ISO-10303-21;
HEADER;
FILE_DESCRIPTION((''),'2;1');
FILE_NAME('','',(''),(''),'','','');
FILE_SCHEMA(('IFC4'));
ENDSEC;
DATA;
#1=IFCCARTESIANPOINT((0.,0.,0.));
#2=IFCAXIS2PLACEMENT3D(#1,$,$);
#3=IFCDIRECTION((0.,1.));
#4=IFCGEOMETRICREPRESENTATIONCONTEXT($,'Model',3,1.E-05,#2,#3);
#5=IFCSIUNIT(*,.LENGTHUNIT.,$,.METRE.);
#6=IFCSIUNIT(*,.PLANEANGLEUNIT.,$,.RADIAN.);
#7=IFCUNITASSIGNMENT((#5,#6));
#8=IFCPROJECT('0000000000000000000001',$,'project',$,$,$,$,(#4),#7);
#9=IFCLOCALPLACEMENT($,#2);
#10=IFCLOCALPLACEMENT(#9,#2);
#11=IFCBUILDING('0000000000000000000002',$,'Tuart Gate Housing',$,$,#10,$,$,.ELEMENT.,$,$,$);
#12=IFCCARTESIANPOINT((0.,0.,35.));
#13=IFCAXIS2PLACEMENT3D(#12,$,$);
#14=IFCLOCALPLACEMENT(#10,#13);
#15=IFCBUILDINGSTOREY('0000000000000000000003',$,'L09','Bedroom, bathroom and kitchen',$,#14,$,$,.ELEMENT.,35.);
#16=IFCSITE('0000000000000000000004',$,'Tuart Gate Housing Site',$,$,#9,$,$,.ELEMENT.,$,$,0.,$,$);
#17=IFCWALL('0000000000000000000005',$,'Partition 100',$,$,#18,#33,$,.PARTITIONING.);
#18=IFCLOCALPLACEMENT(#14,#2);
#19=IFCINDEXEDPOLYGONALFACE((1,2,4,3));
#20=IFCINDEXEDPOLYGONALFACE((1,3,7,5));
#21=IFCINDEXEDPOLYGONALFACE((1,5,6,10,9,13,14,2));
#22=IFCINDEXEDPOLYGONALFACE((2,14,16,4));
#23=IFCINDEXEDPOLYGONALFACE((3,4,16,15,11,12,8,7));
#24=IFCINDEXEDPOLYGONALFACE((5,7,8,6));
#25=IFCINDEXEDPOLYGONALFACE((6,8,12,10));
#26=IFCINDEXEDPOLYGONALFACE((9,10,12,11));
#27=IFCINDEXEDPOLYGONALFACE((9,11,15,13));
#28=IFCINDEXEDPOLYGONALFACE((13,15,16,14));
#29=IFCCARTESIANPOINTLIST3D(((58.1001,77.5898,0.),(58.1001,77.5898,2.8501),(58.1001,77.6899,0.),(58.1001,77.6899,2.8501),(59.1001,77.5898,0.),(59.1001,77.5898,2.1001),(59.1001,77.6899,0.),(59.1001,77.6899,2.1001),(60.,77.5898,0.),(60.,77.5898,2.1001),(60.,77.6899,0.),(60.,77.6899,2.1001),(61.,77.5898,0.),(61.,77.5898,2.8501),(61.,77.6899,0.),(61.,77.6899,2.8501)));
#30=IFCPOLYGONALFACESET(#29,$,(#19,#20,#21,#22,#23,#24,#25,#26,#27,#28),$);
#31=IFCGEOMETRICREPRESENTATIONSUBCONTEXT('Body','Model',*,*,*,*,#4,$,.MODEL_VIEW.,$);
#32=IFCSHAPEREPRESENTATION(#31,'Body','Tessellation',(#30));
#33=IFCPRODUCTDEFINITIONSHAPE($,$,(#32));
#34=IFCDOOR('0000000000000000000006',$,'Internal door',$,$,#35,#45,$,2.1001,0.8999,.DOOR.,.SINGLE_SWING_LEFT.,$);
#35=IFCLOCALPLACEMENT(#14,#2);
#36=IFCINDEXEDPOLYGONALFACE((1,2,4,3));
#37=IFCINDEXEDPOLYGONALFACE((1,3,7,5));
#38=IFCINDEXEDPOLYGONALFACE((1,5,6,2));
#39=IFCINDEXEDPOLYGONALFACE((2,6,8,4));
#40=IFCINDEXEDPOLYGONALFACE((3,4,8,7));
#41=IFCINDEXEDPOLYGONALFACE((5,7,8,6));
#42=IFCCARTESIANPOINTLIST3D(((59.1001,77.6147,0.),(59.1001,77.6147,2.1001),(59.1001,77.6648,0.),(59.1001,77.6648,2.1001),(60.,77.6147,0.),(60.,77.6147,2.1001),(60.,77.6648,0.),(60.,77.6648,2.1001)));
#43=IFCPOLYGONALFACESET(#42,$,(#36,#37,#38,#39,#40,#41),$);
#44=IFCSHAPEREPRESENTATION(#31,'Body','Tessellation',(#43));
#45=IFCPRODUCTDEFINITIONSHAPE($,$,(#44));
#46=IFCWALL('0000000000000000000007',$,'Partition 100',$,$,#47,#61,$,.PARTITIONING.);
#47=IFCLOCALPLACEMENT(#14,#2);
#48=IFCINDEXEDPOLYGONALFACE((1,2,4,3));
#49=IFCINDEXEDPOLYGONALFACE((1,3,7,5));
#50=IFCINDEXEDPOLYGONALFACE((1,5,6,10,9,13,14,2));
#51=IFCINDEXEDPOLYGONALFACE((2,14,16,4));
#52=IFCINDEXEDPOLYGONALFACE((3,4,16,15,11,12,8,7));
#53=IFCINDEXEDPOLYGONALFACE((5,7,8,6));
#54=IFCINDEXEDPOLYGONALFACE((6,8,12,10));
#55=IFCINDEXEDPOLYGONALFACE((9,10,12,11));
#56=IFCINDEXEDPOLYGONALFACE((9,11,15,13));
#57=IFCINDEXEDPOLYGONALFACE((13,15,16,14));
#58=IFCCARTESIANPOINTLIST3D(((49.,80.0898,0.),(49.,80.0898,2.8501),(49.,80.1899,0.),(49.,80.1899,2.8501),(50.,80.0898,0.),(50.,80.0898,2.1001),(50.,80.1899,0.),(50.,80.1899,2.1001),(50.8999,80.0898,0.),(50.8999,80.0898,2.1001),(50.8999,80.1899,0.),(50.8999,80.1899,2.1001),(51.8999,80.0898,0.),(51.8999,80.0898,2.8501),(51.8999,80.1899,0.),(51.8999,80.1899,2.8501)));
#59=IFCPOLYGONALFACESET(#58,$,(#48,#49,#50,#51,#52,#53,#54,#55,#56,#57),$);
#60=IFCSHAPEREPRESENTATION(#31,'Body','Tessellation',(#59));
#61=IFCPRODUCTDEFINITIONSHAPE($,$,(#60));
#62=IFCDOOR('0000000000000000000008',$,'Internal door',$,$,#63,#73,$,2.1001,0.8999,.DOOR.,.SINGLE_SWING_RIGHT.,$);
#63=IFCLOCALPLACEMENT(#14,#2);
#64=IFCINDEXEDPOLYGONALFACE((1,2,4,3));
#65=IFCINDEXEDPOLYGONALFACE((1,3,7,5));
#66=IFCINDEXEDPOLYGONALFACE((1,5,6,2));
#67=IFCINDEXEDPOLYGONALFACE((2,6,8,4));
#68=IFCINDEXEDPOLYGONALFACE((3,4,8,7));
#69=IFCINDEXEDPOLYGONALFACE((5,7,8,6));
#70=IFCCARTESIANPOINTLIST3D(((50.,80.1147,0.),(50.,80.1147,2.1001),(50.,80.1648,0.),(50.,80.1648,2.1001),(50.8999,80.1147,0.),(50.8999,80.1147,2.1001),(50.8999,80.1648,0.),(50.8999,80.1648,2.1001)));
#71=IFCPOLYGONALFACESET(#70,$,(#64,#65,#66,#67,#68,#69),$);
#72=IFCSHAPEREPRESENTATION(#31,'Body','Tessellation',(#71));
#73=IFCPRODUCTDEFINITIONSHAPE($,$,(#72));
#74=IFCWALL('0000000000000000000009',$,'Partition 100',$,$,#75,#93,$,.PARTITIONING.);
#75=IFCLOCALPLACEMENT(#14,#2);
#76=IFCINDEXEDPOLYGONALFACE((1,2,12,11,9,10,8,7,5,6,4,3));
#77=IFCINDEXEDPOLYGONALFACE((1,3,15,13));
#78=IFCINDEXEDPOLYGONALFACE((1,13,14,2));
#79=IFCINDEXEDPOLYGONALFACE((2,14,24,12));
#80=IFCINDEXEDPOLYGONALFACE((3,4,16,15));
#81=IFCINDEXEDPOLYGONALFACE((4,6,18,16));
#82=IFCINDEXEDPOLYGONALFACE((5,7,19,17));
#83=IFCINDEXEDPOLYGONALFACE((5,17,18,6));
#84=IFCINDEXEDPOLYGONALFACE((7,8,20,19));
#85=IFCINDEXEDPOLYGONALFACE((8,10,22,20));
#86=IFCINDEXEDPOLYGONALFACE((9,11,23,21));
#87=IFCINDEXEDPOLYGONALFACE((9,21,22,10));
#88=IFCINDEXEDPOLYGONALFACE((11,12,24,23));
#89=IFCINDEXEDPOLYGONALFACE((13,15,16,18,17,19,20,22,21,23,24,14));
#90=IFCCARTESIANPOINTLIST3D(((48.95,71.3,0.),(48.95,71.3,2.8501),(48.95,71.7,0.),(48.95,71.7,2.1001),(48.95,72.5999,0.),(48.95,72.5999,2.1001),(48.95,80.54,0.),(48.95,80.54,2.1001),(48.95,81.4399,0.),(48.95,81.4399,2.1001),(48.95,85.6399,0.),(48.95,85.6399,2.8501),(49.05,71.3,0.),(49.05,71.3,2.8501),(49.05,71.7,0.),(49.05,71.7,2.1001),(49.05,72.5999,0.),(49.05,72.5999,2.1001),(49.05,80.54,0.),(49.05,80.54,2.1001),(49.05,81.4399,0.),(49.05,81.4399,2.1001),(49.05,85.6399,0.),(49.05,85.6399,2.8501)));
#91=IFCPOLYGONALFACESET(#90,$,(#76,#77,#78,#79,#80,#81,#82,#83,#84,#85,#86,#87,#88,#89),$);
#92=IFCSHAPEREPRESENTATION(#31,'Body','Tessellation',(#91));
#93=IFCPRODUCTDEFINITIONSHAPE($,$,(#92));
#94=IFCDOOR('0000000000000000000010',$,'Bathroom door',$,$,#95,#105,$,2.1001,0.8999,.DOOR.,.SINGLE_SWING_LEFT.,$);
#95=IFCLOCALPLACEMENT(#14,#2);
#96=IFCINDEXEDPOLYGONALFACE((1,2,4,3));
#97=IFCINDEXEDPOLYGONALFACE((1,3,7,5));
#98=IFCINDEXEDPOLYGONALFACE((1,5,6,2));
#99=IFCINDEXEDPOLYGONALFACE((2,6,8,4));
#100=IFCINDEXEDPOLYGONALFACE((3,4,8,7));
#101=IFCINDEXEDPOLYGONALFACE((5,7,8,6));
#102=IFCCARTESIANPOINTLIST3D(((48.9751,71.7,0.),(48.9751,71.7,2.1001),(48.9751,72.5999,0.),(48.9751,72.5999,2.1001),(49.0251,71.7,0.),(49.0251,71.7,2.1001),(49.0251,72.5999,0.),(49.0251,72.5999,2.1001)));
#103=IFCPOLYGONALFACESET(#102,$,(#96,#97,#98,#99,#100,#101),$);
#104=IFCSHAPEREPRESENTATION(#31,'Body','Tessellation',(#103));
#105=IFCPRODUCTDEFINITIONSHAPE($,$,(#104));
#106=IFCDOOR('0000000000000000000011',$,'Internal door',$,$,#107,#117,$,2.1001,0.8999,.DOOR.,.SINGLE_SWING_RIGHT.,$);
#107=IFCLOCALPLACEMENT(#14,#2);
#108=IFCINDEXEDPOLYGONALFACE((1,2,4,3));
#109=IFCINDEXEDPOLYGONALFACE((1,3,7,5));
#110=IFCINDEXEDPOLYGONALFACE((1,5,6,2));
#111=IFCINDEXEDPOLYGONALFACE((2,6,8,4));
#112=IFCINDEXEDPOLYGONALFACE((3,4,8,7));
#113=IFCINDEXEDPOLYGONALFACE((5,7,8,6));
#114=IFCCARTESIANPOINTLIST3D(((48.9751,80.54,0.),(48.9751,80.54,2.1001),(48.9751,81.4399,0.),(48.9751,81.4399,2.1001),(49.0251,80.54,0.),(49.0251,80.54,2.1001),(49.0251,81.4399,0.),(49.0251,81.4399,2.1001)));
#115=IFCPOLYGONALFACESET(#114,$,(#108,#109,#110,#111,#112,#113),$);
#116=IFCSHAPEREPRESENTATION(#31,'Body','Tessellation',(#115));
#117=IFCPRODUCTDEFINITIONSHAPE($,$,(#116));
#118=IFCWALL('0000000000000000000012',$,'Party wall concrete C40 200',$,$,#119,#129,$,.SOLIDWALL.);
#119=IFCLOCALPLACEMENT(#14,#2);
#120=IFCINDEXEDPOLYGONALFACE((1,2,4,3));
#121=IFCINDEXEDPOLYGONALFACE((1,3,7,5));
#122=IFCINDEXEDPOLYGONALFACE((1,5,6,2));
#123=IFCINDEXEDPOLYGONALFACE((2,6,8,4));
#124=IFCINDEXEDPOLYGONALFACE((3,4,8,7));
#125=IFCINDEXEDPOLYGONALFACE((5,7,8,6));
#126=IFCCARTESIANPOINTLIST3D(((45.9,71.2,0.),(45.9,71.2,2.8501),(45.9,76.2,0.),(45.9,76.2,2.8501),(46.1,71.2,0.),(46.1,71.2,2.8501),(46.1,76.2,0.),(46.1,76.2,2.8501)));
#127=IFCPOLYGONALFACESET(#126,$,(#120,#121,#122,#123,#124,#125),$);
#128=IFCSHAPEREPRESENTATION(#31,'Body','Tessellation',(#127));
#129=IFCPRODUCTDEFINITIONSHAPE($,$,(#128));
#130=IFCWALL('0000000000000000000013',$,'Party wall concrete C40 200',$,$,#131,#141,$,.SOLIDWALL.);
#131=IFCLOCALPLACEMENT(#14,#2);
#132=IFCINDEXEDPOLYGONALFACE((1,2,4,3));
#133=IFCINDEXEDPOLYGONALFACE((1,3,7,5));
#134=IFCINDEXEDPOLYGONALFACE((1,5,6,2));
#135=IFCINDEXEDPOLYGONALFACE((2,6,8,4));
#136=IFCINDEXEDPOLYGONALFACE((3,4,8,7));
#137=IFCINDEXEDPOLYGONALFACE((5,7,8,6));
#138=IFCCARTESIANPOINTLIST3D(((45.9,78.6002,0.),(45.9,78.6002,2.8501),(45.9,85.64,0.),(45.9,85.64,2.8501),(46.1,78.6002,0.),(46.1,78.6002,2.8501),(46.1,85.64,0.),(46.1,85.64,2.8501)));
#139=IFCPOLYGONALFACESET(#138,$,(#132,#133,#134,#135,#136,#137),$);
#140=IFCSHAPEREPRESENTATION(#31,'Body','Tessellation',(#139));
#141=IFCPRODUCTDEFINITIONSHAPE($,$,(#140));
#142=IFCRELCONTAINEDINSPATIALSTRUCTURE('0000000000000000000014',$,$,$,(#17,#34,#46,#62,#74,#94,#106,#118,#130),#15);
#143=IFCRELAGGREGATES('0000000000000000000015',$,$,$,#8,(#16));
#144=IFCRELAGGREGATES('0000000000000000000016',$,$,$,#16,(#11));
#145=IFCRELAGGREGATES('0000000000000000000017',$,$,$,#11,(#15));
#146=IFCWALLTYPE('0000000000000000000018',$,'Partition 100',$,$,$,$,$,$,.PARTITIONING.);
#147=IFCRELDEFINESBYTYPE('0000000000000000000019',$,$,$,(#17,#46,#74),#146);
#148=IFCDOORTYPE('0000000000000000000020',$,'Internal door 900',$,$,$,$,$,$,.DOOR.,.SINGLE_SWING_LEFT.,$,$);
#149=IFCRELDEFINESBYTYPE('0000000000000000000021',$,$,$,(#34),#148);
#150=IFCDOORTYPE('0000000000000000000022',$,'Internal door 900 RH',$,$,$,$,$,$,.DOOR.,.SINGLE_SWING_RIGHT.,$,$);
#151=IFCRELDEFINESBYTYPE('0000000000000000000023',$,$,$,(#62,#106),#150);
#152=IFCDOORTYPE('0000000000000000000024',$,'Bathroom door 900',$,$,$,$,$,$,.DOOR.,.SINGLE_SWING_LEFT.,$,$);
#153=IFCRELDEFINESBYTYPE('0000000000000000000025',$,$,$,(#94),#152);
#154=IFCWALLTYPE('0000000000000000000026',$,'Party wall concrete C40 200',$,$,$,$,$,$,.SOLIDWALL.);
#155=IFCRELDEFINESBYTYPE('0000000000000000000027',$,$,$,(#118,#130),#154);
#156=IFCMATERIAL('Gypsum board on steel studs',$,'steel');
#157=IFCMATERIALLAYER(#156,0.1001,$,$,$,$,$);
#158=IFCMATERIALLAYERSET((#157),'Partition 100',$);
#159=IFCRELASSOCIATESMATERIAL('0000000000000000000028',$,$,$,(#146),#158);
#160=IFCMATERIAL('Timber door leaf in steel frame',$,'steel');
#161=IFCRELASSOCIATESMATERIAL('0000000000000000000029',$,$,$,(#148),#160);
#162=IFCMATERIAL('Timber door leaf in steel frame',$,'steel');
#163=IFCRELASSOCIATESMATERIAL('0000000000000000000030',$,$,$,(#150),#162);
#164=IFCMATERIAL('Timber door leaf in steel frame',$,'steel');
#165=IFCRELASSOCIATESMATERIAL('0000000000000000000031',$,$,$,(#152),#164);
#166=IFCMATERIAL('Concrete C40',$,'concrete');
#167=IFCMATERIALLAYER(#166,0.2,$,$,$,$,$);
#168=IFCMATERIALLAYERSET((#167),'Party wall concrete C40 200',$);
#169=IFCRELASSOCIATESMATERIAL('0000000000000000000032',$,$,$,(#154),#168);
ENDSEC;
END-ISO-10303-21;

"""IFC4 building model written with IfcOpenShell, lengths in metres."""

from ifc_helpers import new_model, si_unit, direction, frame, frame_2d, origin, place, context, subcontext, project, spatial, rectangle, extrude, material, layer, layer_set, type_object, element, fill, save


model = new_model("IFC4")

# Units and contexts
model_context = context("Model", 3, precision=1e-05, world=origin(), true_north=direction((0.0, 1.0)))
body_context = subcontext(model_context, "Body", "Model", "MODEL_VIEW")
ifc_project = project(units=[si_unit("LENGTHUNIT", "METRE"), si_unit("PLANEANGLEUNIT", "RADIAN")], contexts=[model_context])

# Site, building, storey
site_placement = place(None, origin())
site = spatial("IfcSite", under=ifc_project, at=site_placement, Name="Tuart Gate Housing Site", CompositionType="ELEMENT", RefElevation=0.0)
building_placement = place(site_placement, origin())
building = spatial("IfcBuilding", under=site, at=building_placement, Name="Tuart Gate Housing", CompositionType="ELEMENT")
storey_placement = place(building_placement, frame((0.0, 0.0, 35.0)))
storey = spatial("IfcBuildingStorey", under=building, at=storey_placement, Name="L09", Description="Bedroom, bathroom and kitchen", CompositionType="ELEMENT", Elevation=35.0)

# Shared definitions
ifc_material_1 = material(Name="Gypsum board on steel studs", Category="steel")
ifc_layer_1 = layer(ifc_material_1, 0.1001)
ifc_layer_set_1 = layer_set([ifc_layer_1], Name="Partition 100")
wall_type_1 = type_object("IfcWallType", Name="Partition 100", PredefinedType="PARTITIONING", material=ifc_layer_set_1)

# Walls, openings, doors
wall_1_placement = place(storey_placement, frame((58.1001, 77.6399, 0.0), z_axis=(0.0, 0.0, 1.0), x_axis=(1.0, 0.0, 0.0)))
wall_1 = element("IfcWall", 1, at=wall_1_placement, inside=storey, type_object=wall_type_1, Name="Partition 100", PredefinedType="PARTITIONING", context=body_context, shape_type="SweptSolid", body=[
    extrude(rectangle(XDim=2.8999, YDim=0.1001, at=frame_2d((1.45, 0.0))), origin(), (0.0, 0.0, 1.0), 2.8501),
])
opening_1_placement = place(wall_1_placement, frame((1.0, 0.0, 0.0)))
opening_1 = element("IfcOpeningElement", 2, at=opening_1_placement, cuts=wall_1, PredefinedType="OPENING", context=body_context, shape_type="SweptSolid", body=[
    extrude(rectangle(XDim=0.8999, YDim=2.1001, at=frame_2d((0.45, 1.05))), frame((0.0, 0.0601, 0.0), z_axis=(0.0, -1.0, 0.0), x_axis=(1.0, 0.0, 0.0)), (0.0, 0.0, 1.0), 0.1201),
])
ifc_material_2 = material(Name="Timber door leaf in steel frame", Category="steel")
door_type_1 = type_object("IfcDoorType", Name="Internal door 900", OperationType="SINGLE_SWING_LEFT", PredefinedType="DOOR", material=ifc_material_2)
door_1_placement = place(opening_1_placement, frame((0.8999, 0.0, 0.0), z_axis=(0.0, 0.0, 1.0), x_axis=(-1.0, 0.0, 0.0)))
door_1 = element("IfcDoor", 3, at=door_1_placement, inside=storey, type_object=door_type_1, Name="Internal door", OperationType="SINGLE_SWING_LEFT", OverallHeight=2.1001, OverallWidth=0.8999, PredefinedType="DOOR", context=body_context, shape_type="SweptSolid", body=[
    extrude(rectangle(XDim=0.8999, YDim=2.1001, at=frame_2d((0.45, 1.05))), frame((0.0, 0.0251, 0.0), z_axis=(0.0, -1.0, 0.0), x_axis=(1.0, 0.0, 0.0)), (0.0, 0.0, 1.0), 0.05),
])
fill(opening_1, door_1)
wall_2_placement = place(storey_placement, frame((49.0, 80.1399, 0.0), z_axis=(0.0, 0.0, 1.0), x_axis=(1.0, 0.0, 0.0)))
wall_2 = element("IfcWall", 4, at=wall_2_placement, inside=storey, type_object=wall_type_1, Name="Partition 100", PredefinedType="PARTITIONING", context=body_context, shape_type="SweptSolid", body=[
    extrude(rectangle(XDim=2.8999, YDim=0.1001, at=frame_2d((1.45, 0.0))), origin(), (0.0, 0.0, 1.0), 2.8501),
])
opening_2_placement = place(wall_2_placement, frame((1.0, 0.0, 0.0)))
opening_2 = element("IfcOpeningElement", 5, at=opening_2_placement, cuts=wall_2, PredefinedType="OPENING", context=body_context, shape_type="SweptSolid", body=[
    extrude(rectangle(XDim=0.8999, YDim=2.1001, at=frame_2d((0.45, 1.05))), frame((0.0, 0.0601, 0.0), z_axis=(0.0, -1.0, 0.0), x_axis=(1.0, 0.0, 0.0)), (0.0, 0.0, 1.0), 0.1201),
])
ifc_material_3 = material(Name="Timber door leaf in steel frame", Category="steel")
door_type_2 = type_object("IfcDoorType", Name="Internal door 900 RH", OperationType="SINGLE_SWING_RIGHT", PredefinedType="DOOR", material=ifc_material_3)
door_2_placement = place(opening_2_placement, frame((0.8999, 0.0, 0.0), z_axis=(0.0, 0.0, 1.0), x_axis=(-1.0, 0.0, 0.0)))
door_2 = element("IfcDoor", 6, at=door_2_placement, inside=storey, type_object=door_type_2, Name="Internal door", OperationType="SINGLE_SWING_RIGHT", OverallHeight=2.1001, OverallWidth=0.8999, PredefinedType="DOOR", context=body_context, shape_type="SweptSolid", body=[
    extrude(rectangle(XDim=0.8999, YDim=2.1001, at=frame_2d((0.45, 1.05))), frame((0.0, 0.0251, 0.0), z_axis=(0.0, -1.0, 0.0), x_axis=(1.0, 0.0, 0.0)), (0.0, 0.0, 1.0), 0.05),
])
fill(opening_2, door_2)

# Wall, openings, doors
wall_3_placement = place(storey_placement, frame((49.0, 71.3, 0.0), z_axis=(0.0, 0.0, 1.0), x_axis=(0.0, 1.0, 0.0)))
wall_3 = element("IfcWall", 7, at=wall_3_placement, inside=storey, type_object=wall_type_1, Name="Partition 100", PredefinedType="PARTITIONING", context=body_context, shape_type="SweptSolid", body=[
    extrude(rectangle(XDim=14.3398, YDim=0.1001, at=frame_2d((7.1699, 0.0))), origin(), (0.0, 0.0, 1.0), 2.8501),
])
opening_3_placement = place(wall_3_placement, frame((9.24, 0.0, 0.0)))
opening_3 = element("IfcOpeningElement", 8, at=opening_3_placement, cuts=wall_3, PredefinedType="OPENING", context=body_context, shape_type="SweptSolid", body=[
    extrude(rectangle(XDim=0.8999, YDim=2.1001, at=frame_2d((0.45, 1.05))), frame((0.0, 0.0601, 0.0), z_axis=(0.0, -1.0, 0.0), x_axis=(1.0, 0.0, 0.0)), (0.0, 0.0, 1.0), 0.1201),
])
opening_4_placement = place(wall_3_placement, frame((0.3999, 0.0, 0.0)))
opening_4 = element("IfcOpeningElement", 9, at=opening_4_placement, cuts=wall_3, PredefinedType="OPENING", context=body_context, shape_type="SweptSolid", body=[
    extrude(rectangle(XDim=0.8999, YDim=2.1001, at=frame_2d((0.45, 1.05))), frame((0.0, 0.0601, 0.0), z_axis=(0.0, -1.0, 0.0), x_axis=(1.0, 0.0, 0.0)), (0.0, 0.0, 1.0), 0.1201),
])
ifc_material_4 = material(Name="Timber door leaf in steel frame", Category="steel")
door_type_3 = type_object("IfcDoorType", Name="Bathroom door 900", OperationType="SINGLE_SWING_LEFT", PredefinedType="DOOR", material=ifc_material_4)
door_3_placement = place(opening_4_placement, origin())
door_3 = element("IfcDoor", 10, at=door_3_placement, inside=storey, type_object=door_type_3, Name="Bathroom door", OperationType="SINGLE_SWING_LEFT", OverallHeight=2.1001, OverallWidth=0.8999, PredefinedType="DOOR", context=body_context, shape_type="SweptSolid", body=[
    extrude(rectangle(XDim=0.8999, YDim=2.1001, at=frame_2d((0.45, 1.05))), frame((0.0, 0.0249, 0.0), z_axis=(0.0, -1.0, 0.0), x_axis=(1.0, 0.0, 0.0)), (0.0, 0.0, 1.0), 0.05),
])
fill(opening_4, door_3)
door_4_placement = place(opening_3_placement, origin())
door_4 = element("IfcDoor", 11, at=door_4_placement, inside=storey, type_object=door_type_2, Name="Internal door", OperationType="SINGLE_SWING_RIGHT", OverallHeight=2.1001, OverallWidth=0.8999, PredefinedType="DOOR", context=body_context, shape_type="SweptSolid", body=[
    extrude(rectangle(XDim=0.8999, YDim=2.1001, at=frame_2d((0.45, 1.05))), frame((0.0, 0.0249, 0.0), z_axis=(0.0, -1.0, 0.0), x_axis=(1.0, 0.0, 0.0)), (0.0, 0.0, 1.0), 0.05),
])
fill(opening_3, door_4)

# Walls
ifc_material_5 = material(Name="Concrete C40", Category="concrete")
ifc_layer_2 = layer(ifc_material_5, 0.2)
ifc_layer_set_2 = layer_set([ifc_layer_2], Name="Party wall concrete C40 200")
wall_type_2 = type_object("IfcWallType", Name="Party wall concrete C40 200", PredefinedType="SOLIDWALL", material=ifc_layer_set_2)
wall_4_placement = place(storey_placement, frame((46.0, 71.2, 0.0), z_axis=(0.0, 0.0, 1.0), x_axis=(0.0, 1.0, 0.0)))
element("IfcWall", 12, at=wall_4_placement, inside=storey, type_object=wall_type_2, Name="Party wall concrete C40 200", PredefinedType="SOLIDWALL", context=body_context, shape_type="SweptSolid", body=[
    extrude(rectangle(XDim=5.0, YDim=0.2, at=frame_2d((2.5, 0.0))), origin(), (0.0, 0.0, 1.0), 2.8501),
])
wall_5_placement = place(storey_placement, frame((46.0, 78.6001, 0.0), z_axis=(0.0, 0.0, 1.0), x_axis=(0.0, 1.0, 0.0)))
element("IfcWall", 13, at=wall_5_placement, inside=storey, type_object=wall_type_2, Name="Party wall concrete C40 200", PredefinedType="SOLIDWALL", context=body_context, shape_type="SweptSolid", body=[
    extrude(rectangle(XDim=7.0398, YDim=0.2, at=frame_2d((3.52, 0.0))), origin(), (0.0, 0.0, 1.0), 2.8501),
])

save(model, "model.ifc")
